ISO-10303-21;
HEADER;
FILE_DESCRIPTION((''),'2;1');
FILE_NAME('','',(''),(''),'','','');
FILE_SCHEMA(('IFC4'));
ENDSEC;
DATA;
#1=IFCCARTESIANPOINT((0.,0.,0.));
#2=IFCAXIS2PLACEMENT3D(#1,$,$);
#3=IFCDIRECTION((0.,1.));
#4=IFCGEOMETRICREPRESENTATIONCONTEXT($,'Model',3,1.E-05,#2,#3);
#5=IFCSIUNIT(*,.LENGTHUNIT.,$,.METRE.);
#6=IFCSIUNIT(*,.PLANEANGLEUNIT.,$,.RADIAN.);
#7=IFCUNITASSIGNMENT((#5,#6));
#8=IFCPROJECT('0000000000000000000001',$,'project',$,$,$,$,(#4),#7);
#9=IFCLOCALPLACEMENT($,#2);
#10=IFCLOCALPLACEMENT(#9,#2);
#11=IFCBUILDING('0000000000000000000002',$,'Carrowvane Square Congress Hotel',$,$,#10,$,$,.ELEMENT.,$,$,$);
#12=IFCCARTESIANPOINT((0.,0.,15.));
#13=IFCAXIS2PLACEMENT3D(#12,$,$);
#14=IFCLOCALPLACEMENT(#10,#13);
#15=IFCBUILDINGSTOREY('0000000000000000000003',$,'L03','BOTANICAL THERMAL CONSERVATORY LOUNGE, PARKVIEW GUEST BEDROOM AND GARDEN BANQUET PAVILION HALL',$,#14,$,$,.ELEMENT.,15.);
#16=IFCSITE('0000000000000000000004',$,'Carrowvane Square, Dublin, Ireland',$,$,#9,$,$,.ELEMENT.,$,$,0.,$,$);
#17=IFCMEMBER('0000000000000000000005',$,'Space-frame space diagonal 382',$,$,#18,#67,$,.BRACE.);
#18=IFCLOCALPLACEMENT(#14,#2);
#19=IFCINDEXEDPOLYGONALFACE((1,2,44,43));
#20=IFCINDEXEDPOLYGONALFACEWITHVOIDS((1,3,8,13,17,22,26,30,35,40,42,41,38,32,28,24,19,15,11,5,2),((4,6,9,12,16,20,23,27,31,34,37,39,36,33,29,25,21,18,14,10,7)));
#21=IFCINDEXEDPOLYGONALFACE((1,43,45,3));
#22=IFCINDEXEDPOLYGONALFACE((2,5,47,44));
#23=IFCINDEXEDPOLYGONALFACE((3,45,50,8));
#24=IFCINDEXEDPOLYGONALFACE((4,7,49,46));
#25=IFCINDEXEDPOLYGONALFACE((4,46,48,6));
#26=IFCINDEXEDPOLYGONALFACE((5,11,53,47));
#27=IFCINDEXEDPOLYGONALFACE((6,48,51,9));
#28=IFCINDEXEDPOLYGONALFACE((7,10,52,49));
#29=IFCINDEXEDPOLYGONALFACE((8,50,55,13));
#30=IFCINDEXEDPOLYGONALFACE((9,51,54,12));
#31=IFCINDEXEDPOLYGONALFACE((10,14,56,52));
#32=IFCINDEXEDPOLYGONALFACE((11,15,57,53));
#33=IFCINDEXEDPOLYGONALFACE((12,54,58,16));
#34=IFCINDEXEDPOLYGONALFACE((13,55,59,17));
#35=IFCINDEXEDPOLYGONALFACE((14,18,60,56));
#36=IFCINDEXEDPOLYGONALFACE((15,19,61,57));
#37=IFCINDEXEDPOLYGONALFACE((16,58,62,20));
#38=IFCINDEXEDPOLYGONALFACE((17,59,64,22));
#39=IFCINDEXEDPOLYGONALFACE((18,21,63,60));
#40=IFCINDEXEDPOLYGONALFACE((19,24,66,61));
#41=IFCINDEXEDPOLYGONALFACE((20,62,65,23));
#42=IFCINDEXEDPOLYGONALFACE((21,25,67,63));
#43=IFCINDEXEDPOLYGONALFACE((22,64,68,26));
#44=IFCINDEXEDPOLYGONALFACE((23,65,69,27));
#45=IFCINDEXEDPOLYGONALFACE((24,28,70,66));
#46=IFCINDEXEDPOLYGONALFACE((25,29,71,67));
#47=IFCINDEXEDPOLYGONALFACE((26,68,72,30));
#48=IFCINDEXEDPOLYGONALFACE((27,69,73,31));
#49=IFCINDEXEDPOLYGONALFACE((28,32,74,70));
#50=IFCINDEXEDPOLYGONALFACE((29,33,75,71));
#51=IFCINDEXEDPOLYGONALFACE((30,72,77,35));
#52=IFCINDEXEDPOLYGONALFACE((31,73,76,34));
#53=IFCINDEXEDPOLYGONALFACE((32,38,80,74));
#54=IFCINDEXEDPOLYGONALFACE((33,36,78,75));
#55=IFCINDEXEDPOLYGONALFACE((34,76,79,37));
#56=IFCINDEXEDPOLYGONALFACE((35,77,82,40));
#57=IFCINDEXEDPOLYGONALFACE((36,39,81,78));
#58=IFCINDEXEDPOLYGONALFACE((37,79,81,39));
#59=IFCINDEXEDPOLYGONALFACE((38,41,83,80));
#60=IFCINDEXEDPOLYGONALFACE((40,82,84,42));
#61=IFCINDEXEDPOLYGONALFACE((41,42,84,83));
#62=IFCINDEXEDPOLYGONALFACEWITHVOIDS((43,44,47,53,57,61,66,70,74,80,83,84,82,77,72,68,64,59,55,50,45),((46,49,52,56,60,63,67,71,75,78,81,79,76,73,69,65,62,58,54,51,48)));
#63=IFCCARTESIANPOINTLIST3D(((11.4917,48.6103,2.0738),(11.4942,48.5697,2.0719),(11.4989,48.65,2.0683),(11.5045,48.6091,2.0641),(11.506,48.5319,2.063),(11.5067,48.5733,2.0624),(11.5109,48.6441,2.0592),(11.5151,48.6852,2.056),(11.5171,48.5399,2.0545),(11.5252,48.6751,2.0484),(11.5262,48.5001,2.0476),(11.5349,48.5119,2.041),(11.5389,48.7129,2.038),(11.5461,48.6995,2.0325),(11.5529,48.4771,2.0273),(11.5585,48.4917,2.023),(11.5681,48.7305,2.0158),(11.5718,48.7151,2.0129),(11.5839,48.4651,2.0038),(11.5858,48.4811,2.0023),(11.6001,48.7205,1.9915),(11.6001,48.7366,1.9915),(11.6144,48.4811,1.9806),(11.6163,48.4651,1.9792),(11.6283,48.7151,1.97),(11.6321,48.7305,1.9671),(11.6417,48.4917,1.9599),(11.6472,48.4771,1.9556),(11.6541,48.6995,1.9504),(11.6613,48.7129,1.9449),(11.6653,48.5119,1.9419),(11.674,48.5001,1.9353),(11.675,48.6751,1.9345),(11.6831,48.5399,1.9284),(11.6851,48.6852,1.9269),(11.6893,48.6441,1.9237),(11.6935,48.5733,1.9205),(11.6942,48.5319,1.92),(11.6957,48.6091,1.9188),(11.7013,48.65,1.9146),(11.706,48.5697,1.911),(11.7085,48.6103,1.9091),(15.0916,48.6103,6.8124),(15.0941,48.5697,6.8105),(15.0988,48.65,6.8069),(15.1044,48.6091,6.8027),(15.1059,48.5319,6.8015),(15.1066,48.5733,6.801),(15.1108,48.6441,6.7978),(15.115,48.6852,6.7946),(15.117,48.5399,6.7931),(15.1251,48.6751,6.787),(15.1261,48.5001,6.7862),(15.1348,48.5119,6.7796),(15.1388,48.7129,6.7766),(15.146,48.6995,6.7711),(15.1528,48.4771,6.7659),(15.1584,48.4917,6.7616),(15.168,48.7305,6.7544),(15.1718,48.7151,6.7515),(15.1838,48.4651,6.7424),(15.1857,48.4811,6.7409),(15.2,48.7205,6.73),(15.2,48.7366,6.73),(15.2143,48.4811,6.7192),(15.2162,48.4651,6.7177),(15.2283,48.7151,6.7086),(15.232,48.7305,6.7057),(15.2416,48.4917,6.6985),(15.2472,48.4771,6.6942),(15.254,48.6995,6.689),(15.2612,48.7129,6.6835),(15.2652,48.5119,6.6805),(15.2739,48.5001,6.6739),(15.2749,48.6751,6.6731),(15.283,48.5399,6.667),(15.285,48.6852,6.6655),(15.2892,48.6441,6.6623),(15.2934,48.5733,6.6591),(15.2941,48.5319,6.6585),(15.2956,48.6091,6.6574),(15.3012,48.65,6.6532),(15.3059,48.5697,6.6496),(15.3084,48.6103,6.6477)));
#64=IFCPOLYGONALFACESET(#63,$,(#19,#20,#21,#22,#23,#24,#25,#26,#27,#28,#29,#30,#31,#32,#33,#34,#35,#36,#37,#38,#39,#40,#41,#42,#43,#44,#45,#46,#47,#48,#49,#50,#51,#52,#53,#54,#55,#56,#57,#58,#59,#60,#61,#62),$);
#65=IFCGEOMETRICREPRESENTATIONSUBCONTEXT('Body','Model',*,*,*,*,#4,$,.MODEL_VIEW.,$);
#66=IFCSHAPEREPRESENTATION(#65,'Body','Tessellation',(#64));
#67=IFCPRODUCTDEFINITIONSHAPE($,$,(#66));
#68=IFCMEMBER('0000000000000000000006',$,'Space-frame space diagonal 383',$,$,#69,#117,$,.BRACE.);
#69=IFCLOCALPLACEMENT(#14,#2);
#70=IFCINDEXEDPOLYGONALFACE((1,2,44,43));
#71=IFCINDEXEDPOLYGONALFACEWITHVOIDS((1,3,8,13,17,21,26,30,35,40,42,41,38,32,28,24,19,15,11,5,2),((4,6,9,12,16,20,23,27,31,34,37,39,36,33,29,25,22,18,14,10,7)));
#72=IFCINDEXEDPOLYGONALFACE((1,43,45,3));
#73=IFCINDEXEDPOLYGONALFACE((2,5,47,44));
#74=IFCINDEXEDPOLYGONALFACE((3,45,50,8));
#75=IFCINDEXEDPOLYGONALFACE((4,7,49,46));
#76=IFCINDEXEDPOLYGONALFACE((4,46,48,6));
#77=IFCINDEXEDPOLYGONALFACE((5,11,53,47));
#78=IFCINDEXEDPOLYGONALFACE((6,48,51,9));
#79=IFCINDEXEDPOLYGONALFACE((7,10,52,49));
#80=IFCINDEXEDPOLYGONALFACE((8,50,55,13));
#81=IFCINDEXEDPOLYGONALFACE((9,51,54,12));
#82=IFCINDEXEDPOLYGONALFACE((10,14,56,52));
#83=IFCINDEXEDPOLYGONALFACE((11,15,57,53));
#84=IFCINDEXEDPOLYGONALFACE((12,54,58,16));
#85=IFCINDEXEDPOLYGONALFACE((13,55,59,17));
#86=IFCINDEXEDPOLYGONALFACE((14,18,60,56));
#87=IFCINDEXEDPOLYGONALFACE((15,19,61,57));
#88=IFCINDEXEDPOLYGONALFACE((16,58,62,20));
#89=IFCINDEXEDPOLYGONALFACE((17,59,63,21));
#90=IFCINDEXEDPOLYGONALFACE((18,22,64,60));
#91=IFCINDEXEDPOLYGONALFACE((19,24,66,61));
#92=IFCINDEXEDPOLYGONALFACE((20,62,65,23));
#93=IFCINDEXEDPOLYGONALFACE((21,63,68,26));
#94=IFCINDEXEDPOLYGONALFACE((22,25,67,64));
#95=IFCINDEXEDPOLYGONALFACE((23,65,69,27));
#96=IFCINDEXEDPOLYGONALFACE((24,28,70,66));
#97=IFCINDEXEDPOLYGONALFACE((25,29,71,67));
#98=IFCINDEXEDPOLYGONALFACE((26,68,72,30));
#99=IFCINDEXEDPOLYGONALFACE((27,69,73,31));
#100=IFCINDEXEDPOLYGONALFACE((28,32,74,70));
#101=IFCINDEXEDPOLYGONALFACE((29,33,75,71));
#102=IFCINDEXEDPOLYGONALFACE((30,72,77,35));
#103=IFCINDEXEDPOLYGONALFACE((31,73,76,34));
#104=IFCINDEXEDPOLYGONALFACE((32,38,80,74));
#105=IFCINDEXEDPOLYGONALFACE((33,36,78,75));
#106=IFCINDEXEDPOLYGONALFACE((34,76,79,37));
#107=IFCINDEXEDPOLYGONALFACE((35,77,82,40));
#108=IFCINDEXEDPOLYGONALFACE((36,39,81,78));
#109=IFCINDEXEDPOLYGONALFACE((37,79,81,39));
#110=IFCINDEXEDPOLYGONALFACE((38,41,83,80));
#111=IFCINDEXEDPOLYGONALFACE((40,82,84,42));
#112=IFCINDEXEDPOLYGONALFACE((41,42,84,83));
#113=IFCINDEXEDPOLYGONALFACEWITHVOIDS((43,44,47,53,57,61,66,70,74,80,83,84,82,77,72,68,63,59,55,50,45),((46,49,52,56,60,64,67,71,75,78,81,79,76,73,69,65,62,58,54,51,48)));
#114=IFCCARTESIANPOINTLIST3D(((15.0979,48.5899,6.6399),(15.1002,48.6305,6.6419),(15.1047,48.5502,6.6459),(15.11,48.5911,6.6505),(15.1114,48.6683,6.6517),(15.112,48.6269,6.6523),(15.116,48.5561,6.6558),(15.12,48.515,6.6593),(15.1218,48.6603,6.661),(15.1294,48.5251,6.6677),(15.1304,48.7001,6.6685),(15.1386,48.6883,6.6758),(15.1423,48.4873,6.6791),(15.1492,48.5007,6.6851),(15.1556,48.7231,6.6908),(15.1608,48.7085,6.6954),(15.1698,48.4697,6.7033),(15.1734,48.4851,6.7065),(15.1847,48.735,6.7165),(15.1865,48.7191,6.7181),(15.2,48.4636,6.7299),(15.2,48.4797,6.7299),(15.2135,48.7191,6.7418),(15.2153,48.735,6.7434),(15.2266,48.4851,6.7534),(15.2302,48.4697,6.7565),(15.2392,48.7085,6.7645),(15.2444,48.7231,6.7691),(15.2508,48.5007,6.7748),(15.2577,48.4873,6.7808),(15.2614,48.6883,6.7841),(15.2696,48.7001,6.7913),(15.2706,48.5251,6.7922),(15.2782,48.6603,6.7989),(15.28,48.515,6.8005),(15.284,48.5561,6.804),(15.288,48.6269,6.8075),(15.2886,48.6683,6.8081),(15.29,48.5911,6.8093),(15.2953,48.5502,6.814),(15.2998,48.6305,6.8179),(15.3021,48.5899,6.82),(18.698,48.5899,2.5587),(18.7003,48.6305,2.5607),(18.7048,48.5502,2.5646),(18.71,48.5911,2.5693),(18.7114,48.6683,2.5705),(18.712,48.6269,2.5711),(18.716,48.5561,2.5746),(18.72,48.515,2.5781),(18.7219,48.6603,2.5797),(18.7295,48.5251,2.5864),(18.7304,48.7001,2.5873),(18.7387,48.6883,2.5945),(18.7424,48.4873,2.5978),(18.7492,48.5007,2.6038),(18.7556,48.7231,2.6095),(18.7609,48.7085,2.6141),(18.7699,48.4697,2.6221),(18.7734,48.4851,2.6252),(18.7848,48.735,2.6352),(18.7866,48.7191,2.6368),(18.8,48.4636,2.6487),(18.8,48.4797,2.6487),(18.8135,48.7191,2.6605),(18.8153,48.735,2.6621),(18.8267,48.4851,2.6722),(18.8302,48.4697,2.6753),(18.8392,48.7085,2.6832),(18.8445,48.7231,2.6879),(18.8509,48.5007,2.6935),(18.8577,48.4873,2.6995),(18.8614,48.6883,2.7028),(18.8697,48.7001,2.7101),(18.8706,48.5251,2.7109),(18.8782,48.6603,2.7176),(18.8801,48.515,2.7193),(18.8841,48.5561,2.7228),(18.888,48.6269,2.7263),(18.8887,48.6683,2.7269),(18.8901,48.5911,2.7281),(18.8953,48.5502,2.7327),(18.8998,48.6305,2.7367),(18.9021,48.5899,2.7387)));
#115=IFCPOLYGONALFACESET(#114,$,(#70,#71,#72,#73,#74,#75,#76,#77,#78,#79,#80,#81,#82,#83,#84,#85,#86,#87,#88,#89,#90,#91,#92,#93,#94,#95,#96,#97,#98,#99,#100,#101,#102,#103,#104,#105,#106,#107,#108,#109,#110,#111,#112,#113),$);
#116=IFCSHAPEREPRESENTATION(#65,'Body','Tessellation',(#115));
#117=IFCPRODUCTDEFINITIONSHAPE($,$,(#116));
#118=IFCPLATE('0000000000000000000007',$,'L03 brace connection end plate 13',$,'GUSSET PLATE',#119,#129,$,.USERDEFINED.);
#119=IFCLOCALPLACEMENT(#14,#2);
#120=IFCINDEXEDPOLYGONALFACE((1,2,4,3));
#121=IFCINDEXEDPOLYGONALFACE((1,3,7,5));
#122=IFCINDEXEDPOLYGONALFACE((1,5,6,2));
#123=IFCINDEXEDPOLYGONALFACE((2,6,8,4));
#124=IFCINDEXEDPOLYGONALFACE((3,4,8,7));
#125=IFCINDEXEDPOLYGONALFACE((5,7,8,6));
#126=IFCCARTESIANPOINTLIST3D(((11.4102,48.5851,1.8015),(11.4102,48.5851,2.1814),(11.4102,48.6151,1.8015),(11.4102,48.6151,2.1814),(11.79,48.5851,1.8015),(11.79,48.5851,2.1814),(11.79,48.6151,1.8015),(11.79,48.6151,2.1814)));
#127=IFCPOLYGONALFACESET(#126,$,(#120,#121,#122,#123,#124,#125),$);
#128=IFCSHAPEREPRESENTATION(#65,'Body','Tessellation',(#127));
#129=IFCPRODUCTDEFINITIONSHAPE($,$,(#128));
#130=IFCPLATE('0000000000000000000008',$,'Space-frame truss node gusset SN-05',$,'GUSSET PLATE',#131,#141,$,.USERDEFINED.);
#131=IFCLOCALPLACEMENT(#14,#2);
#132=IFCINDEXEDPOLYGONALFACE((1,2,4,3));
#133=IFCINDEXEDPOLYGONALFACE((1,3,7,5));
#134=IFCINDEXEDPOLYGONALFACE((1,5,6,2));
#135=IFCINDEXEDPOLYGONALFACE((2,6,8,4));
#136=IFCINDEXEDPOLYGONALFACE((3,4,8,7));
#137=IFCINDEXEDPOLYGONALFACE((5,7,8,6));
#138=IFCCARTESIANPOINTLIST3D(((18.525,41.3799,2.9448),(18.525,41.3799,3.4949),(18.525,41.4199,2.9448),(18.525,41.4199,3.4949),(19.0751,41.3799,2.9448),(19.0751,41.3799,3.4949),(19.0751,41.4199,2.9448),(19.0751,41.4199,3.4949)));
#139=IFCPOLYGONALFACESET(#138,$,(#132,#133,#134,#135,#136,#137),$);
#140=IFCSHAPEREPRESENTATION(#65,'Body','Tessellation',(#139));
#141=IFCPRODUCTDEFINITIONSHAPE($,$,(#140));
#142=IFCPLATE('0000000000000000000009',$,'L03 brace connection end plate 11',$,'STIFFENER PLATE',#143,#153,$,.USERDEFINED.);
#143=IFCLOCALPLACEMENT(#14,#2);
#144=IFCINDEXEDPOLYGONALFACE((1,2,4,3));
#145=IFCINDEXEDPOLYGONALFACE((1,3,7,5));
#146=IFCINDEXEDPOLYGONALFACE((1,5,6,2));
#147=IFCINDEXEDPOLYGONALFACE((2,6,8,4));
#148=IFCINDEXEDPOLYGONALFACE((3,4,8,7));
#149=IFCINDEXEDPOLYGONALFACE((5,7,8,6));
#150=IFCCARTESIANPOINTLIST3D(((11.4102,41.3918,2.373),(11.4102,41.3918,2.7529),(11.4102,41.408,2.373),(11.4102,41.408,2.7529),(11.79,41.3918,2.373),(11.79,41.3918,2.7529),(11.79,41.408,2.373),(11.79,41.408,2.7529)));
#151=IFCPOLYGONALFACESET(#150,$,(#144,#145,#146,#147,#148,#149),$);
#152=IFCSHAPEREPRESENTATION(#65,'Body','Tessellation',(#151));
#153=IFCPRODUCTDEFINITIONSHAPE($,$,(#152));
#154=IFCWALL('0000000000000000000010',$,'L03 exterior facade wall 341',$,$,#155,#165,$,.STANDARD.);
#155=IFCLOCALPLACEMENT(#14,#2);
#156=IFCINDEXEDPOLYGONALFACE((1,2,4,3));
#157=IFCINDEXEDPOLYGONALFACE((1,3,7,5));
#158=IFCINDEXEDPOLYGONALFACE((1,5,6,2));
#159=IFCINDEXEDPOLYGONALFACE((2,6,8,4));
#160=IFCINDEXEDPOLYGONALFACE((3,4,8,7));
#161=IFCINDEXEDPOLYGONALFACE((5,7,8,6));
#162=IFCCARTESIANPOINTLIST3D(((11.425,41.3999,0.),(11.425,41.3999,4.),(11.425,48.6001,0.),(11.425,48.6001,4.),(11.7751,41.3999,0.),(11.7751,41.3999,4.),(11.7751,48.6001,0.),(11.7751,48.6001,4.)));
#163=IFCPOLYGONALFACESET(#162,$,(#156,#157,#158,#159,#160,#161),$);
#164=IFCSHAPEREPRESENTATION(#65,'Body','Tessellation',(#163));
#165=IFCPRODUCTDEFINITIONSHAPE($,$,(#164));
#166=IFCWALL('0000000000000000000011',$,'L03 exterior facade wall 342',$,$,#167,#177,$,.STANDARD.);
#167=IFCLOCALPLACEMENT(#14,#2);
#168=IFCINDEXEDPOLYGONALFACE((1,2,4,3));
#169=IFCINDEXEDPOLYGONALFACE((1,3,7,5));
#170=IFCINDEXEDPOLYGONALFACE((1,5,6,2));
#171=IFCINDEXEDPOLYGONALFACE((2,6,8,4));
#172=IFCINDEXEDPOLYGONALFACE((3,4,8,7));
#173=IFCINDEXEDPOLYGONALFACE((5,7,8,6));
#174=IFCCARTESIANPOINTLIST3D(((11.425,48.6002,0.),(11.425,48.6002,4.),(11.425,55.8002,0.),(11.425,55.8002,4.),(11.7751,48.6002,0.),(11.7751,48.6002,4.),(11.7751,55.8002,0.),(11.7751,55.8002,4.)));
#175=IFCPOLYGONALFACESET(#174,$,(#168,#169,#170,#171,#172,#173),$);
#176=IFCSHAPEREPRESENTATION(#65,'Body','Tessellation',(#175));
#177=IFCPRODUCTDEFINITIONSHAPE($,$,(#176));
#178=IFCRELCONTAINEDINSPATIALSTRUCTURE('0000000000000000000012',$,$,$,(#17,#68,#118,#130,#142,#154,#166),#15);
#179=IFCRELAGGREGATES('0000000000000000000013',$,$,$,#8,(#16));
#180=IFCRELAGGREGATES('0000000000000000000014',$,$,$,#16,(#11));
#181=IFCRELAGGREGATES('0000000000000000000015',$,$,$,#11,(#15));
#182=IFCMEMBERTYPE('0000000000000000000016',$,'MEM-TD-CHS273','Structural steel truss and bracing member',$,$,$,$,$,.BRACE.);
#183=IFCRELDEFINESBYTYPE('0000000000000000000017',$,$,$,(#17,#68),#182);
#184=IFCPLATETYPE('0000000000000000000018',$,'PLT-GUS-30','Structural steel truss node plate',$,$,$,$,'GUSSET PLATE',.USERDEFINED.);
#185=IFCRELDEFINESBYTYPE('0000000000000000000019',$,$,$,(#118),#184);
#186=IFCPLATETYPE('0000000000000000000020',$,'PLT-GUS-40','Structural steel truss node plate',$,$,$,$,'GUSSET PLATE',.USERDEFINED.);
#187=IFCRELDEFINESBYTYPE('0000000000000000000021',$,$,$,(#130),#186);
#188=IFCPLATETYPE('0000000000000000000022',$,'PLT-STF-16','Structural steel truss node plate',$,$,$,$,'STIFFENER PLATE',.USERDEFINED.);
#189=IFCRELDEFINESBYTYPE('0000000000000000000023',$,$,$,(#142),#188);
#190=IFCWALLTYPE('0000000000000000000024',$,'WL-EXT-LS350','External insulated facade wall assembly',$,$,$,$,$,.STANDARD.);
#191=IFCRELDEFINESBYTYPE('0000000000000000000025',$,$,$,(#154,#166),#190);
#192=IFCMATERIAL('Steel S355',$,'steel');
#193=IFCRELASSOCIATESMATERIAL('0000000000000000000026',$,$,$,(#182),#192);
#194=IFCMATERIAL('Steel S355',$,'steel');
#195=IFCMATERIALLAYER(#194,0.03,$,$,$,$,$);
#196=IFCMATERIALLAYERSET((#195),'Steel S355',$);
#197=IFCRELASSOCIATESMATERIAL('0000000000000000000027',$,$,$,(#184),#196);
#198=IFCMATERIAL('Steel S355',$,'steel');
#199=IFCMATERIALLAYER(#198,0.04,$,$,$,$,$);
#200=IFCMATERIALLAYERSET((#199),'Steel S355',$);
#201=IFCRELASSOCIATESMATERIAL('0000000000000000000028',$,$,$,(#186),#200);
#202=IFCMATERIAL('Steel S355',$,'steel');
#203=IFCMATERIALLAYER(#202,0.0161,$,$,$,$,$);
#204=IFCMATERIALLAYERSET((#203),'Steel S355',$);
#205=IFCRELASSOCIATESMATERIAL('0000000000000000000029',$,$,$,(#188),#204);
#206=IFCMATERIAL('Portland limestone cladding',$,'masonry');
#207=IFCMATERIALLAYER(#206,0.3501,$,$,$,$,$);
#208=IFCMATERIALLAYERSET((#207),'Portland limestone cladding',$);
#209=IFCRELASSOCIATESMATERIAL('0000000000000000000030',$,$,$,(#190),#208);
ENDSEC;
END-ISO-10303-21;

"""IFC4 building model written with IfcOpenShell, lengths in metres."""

from ifc_helpers import new_model, si_unit, direction, frame, frame_2d, origin, origin_2d, place, context, subcontext, project, spatial, rectangle, hollow_circle, extrude, material, layer, layer_set, material_profile, profile_set, type_object, element, save


model = new_model("IFC4")

# Units and contexts
model_context = context("Model", 3, precision=1e-05, world=origin(), true_north=direction((0.0, 1.0)))
body_context = subcontext(model_context, "Body", "Model", "MODEL_VIEW")
ifc_project = project(units=[si_unit("LENGTHUNIT", "METRE"), si_unit("PLANEANGLEUNIT", "RADIAN")], contexts=[model_context])

# Site, building, storey
site_placement = place(None, origin())
site = spatial("IfcSite", under=ifc_project, at=site_placement, Name="Carrowvane Square, Dublin, Ireland", CompositionType="ELEMENT", RefElevation=0.0)
building_placement = place(site_placement, origin())
building = spatial("IfcBuilding", under=site, at=building_placement, Name="Carrowvane Square Congress Hotel", CompositionType="ELEMENT")
storey_placement = place(building_placement, frame((0.0, 0.0, 15.0)))
storey = spatial("IfcBuildingStorey", under=building, at=storey_placement, Name="L03", Description="BOTANICAL THERMAL CONSERVATORY LOUNGE, PARKVIEW GUEST BEDROOM AND GARDEN BANQUET PAVILION HALL", CompositionType="ELEMENT", Elevation=15.0)

# Members
ifc_material_1 = material(Name="Steel S355", Category="steel")
ifc_material_profile_1 = material_profile(ifc_material_1, hollow_circle(Radius=0.1365, WallThickness=0.0161, at=origin_2d()), Name="CHS 273.0x16")
ifc_profile_set_1 = profile_set([ifc_material_profile_1], Name="Steel S355")
member_type_1 = type_object("IfcMemberType", Name="MEM-TD-CHS273", Description="Structural steel truss and bracing member", PredefinedType="BRACE", material=ifc_profile_set_1)
for number, where, z_axis, x_axis, name in (
    (1, (11.6001, 48.6001, 1.9915), (0.604931, 0.0, 0.796278), (0.0, 1.0, 0.0), "Space-frame space diagonal 382"),
):
    element("IfcMember", number, at=place(storey_placement, frame(where, z_axis=z_axis, x_axis=x_axis)), inside=storey, type_object=member_type_1, Name=name, PredefinedType="BRACE", context=body_context, shape_type="SweptSolid", body=[
        extrude(hollow_circle(Radius=0.1365, WallThickness=0.0161, at=origin_2d()), origin(), (0.0, 0.0, 1.0), 5.9509),
    ])
member_1_placement = place(storey_placement, frame((18.8, 48.6001, 2.6487), z_axis=(-0.661513, 0.0, 0.749933), x_axis=(0.0, -1.0, 0.0)))
element("IfcMember", 2, at=member_1_placement, inside=storey, type_object=member_type_1, Name="Space-frame space diagonal 383", PredefinedType="BRACE", context=body_context, shape_type="SweptSolid", body=[
    extrude(hollow_circle(Radius=0.1365, WallThickness=0.0161, at=origin_2d()), origin(), (0.0, 0.0, 1.0), 5.4421),
])

# Plates
ifc_material_2 = material(Name="Steel S355", Category="steel")
ifc_layer_1 = layer(ifc_material_2, 0.03)
ifc_layer_set_1 = layer_set([ifc_layer_1], Name="Steel S355")
plate_type_1 = type_object("IfcPlateType", Name="PLT-GUS-30", Description="Structural steel truss node plate", ElementType="GUSSET PLATE", PredefinedType="USERDEFINED", material=ifc_layer_set_1)
plate_1_placement = place(storey_placement, frame((11.6001, 48.6001, 1.8015), z_axis=(0.0, 0.0, 1.0), x_axis=(1.0, 0.0, 0.0)))
element("IfcPlate", 3, at=plate_1_placement, inside=storey, type_object=plate_type_1, Name="L03 brace connection end plate 13", ObjectType="GUSSET PLATE", PredefinedType="USERDEFINED", context=body_context, shape_type="SweptSolid", body=[
    extrude(rectangle(XDim=0.3799, YDim=0.03, at=origin_2d()), origin(), (0.0, 0.0, 1.0), 0.3799),
])
ifc_material_3 = material(Name="Steel S355", Category="steel")
ifc_layer_2 = layer(ifc_material_3, 0.04)
ifc_layer_set_2 = layer_set([ifc_layer_2], Name="Steel S355")
plate_type_2 = type_object("IfcPlateType", Name="PLT-GUS-40", Description="Structural steel truss node plate", ElementType="GUSSET PLATE", PredefinedType="USERDEFINED", material=ifc_layer_set_2)
plate_2_placement = place(storey_placement, frame((18.8, 41.3999, 2.9448), z_axis=(0.0, 0.0, 1.0), x_axis=(1.0, 0.0, 0.0)))
element("IfcPlate", 4, at=plate_2_placement, inside=storey, type_object=plate_type_2, Name="Space-frame truss node gusset SN-05", ObjectType="GUSSET PLATE", PredefinedType="USERDEFINED", context=body_context, shape_type="SweptSolid", body=[
    extrude(rectangle(XDim=0.55, YDim=0.04, at=origin_2d()), origin(), (0.0, 0.0, 1.0), 0.55),
])
ifc_material_4 = material(Name="Steel S355", Category="steel")
ifc_layer_3 = layer(ifc_material_4, 0.0161)
ifc_layer_set_3 = layer_set([ifc_layer_3], Name="Steel S355")
plate_type_3 = type_object("IfcPlateType", Name="PLT-STF-16", Description="Structural steel truss node plate", ElementType="STIFFENER PLATE", PredefinedType="USERDEFINED", material=ifc_layer_set_3)
plate_3_placement = place(storey_placement, frame((11.6001, 41.3999, 2.373), z_axis=(0.0, 0.0, 1.0), x_axis=(1.0, 0.0, 0.0)))
element("IfcPlate", 5, at=plate_3_placement, inside=storey, type_object=plate_type_3, Name="L03 brace connection end plate 11", ObjectType="STIFFENER PLATE", PredefinedType="USERDEFINED", context=body_context, shape_type="SweptSolid", body=[
    extrude(rectangle(XDim=0.3799, YDim=0.0161, at=origin_2d()), origin(), (0.0, 0.0, 1.0), 0.3799),
])

# Walls
ifc_material_5 = material(Name="Portland limestone cladding", Category="masonry")
ifc_layer_4 = layer(ifc_material_5, 0.3501)
ifc_layer_set_4 = layer_set([ifc_layer_4], Name="Portland limestone cladding")
wall_type = type_object("IfcWallType", Name="WL-EXT-LS350", Description="External insulated facade wall assembly", PredefinedType="STANDARD", material=ifc_layer_set_4)
wall_1_placement = place(storey_placement, frame((11.6001, 41.3999, 0.0), z_axis=(0.0, 0.0, 1.0), x_axis=(0.0, 1.0, 0.0)))
element("IfcWall", 6, at=wall_1_placement, inside=storey, type_object=wall_type, Name="L03 exterior facade wall 341", PredefinedType="STANDARD", context=body_context, shape_type="SweptSolid", body=[
    extrude(rectangle(XDim=7.2002, YDim=0.3501, at=frame_2d((3.6001, 0.0))), origin(), (0.0, 0.0, 1.0), 4.0),
])
wall_2_placement = place(storey_placement, frame((11.6001, 48.6001, 0.0), z_axis=(0.0, 0.0, 1.0), x_axis=(0.0, 1.0, 0.0)))
element("IfcWall", 7, at=wall_2_placement, inside=storey, type_object=wall_type, Name="L03 exterior facade wall 342", PredefinedType="STANDARD", context=body_context, shape_type="SweptSolid", body=[
    extrude(rectangle(XDim=7.2, YDim=0.3501, at=frame_2d((3.6001, 0.0))), origin(), (0.0, 0.0, 1.0), 4.0),
])

save(model, "model.ifc")
